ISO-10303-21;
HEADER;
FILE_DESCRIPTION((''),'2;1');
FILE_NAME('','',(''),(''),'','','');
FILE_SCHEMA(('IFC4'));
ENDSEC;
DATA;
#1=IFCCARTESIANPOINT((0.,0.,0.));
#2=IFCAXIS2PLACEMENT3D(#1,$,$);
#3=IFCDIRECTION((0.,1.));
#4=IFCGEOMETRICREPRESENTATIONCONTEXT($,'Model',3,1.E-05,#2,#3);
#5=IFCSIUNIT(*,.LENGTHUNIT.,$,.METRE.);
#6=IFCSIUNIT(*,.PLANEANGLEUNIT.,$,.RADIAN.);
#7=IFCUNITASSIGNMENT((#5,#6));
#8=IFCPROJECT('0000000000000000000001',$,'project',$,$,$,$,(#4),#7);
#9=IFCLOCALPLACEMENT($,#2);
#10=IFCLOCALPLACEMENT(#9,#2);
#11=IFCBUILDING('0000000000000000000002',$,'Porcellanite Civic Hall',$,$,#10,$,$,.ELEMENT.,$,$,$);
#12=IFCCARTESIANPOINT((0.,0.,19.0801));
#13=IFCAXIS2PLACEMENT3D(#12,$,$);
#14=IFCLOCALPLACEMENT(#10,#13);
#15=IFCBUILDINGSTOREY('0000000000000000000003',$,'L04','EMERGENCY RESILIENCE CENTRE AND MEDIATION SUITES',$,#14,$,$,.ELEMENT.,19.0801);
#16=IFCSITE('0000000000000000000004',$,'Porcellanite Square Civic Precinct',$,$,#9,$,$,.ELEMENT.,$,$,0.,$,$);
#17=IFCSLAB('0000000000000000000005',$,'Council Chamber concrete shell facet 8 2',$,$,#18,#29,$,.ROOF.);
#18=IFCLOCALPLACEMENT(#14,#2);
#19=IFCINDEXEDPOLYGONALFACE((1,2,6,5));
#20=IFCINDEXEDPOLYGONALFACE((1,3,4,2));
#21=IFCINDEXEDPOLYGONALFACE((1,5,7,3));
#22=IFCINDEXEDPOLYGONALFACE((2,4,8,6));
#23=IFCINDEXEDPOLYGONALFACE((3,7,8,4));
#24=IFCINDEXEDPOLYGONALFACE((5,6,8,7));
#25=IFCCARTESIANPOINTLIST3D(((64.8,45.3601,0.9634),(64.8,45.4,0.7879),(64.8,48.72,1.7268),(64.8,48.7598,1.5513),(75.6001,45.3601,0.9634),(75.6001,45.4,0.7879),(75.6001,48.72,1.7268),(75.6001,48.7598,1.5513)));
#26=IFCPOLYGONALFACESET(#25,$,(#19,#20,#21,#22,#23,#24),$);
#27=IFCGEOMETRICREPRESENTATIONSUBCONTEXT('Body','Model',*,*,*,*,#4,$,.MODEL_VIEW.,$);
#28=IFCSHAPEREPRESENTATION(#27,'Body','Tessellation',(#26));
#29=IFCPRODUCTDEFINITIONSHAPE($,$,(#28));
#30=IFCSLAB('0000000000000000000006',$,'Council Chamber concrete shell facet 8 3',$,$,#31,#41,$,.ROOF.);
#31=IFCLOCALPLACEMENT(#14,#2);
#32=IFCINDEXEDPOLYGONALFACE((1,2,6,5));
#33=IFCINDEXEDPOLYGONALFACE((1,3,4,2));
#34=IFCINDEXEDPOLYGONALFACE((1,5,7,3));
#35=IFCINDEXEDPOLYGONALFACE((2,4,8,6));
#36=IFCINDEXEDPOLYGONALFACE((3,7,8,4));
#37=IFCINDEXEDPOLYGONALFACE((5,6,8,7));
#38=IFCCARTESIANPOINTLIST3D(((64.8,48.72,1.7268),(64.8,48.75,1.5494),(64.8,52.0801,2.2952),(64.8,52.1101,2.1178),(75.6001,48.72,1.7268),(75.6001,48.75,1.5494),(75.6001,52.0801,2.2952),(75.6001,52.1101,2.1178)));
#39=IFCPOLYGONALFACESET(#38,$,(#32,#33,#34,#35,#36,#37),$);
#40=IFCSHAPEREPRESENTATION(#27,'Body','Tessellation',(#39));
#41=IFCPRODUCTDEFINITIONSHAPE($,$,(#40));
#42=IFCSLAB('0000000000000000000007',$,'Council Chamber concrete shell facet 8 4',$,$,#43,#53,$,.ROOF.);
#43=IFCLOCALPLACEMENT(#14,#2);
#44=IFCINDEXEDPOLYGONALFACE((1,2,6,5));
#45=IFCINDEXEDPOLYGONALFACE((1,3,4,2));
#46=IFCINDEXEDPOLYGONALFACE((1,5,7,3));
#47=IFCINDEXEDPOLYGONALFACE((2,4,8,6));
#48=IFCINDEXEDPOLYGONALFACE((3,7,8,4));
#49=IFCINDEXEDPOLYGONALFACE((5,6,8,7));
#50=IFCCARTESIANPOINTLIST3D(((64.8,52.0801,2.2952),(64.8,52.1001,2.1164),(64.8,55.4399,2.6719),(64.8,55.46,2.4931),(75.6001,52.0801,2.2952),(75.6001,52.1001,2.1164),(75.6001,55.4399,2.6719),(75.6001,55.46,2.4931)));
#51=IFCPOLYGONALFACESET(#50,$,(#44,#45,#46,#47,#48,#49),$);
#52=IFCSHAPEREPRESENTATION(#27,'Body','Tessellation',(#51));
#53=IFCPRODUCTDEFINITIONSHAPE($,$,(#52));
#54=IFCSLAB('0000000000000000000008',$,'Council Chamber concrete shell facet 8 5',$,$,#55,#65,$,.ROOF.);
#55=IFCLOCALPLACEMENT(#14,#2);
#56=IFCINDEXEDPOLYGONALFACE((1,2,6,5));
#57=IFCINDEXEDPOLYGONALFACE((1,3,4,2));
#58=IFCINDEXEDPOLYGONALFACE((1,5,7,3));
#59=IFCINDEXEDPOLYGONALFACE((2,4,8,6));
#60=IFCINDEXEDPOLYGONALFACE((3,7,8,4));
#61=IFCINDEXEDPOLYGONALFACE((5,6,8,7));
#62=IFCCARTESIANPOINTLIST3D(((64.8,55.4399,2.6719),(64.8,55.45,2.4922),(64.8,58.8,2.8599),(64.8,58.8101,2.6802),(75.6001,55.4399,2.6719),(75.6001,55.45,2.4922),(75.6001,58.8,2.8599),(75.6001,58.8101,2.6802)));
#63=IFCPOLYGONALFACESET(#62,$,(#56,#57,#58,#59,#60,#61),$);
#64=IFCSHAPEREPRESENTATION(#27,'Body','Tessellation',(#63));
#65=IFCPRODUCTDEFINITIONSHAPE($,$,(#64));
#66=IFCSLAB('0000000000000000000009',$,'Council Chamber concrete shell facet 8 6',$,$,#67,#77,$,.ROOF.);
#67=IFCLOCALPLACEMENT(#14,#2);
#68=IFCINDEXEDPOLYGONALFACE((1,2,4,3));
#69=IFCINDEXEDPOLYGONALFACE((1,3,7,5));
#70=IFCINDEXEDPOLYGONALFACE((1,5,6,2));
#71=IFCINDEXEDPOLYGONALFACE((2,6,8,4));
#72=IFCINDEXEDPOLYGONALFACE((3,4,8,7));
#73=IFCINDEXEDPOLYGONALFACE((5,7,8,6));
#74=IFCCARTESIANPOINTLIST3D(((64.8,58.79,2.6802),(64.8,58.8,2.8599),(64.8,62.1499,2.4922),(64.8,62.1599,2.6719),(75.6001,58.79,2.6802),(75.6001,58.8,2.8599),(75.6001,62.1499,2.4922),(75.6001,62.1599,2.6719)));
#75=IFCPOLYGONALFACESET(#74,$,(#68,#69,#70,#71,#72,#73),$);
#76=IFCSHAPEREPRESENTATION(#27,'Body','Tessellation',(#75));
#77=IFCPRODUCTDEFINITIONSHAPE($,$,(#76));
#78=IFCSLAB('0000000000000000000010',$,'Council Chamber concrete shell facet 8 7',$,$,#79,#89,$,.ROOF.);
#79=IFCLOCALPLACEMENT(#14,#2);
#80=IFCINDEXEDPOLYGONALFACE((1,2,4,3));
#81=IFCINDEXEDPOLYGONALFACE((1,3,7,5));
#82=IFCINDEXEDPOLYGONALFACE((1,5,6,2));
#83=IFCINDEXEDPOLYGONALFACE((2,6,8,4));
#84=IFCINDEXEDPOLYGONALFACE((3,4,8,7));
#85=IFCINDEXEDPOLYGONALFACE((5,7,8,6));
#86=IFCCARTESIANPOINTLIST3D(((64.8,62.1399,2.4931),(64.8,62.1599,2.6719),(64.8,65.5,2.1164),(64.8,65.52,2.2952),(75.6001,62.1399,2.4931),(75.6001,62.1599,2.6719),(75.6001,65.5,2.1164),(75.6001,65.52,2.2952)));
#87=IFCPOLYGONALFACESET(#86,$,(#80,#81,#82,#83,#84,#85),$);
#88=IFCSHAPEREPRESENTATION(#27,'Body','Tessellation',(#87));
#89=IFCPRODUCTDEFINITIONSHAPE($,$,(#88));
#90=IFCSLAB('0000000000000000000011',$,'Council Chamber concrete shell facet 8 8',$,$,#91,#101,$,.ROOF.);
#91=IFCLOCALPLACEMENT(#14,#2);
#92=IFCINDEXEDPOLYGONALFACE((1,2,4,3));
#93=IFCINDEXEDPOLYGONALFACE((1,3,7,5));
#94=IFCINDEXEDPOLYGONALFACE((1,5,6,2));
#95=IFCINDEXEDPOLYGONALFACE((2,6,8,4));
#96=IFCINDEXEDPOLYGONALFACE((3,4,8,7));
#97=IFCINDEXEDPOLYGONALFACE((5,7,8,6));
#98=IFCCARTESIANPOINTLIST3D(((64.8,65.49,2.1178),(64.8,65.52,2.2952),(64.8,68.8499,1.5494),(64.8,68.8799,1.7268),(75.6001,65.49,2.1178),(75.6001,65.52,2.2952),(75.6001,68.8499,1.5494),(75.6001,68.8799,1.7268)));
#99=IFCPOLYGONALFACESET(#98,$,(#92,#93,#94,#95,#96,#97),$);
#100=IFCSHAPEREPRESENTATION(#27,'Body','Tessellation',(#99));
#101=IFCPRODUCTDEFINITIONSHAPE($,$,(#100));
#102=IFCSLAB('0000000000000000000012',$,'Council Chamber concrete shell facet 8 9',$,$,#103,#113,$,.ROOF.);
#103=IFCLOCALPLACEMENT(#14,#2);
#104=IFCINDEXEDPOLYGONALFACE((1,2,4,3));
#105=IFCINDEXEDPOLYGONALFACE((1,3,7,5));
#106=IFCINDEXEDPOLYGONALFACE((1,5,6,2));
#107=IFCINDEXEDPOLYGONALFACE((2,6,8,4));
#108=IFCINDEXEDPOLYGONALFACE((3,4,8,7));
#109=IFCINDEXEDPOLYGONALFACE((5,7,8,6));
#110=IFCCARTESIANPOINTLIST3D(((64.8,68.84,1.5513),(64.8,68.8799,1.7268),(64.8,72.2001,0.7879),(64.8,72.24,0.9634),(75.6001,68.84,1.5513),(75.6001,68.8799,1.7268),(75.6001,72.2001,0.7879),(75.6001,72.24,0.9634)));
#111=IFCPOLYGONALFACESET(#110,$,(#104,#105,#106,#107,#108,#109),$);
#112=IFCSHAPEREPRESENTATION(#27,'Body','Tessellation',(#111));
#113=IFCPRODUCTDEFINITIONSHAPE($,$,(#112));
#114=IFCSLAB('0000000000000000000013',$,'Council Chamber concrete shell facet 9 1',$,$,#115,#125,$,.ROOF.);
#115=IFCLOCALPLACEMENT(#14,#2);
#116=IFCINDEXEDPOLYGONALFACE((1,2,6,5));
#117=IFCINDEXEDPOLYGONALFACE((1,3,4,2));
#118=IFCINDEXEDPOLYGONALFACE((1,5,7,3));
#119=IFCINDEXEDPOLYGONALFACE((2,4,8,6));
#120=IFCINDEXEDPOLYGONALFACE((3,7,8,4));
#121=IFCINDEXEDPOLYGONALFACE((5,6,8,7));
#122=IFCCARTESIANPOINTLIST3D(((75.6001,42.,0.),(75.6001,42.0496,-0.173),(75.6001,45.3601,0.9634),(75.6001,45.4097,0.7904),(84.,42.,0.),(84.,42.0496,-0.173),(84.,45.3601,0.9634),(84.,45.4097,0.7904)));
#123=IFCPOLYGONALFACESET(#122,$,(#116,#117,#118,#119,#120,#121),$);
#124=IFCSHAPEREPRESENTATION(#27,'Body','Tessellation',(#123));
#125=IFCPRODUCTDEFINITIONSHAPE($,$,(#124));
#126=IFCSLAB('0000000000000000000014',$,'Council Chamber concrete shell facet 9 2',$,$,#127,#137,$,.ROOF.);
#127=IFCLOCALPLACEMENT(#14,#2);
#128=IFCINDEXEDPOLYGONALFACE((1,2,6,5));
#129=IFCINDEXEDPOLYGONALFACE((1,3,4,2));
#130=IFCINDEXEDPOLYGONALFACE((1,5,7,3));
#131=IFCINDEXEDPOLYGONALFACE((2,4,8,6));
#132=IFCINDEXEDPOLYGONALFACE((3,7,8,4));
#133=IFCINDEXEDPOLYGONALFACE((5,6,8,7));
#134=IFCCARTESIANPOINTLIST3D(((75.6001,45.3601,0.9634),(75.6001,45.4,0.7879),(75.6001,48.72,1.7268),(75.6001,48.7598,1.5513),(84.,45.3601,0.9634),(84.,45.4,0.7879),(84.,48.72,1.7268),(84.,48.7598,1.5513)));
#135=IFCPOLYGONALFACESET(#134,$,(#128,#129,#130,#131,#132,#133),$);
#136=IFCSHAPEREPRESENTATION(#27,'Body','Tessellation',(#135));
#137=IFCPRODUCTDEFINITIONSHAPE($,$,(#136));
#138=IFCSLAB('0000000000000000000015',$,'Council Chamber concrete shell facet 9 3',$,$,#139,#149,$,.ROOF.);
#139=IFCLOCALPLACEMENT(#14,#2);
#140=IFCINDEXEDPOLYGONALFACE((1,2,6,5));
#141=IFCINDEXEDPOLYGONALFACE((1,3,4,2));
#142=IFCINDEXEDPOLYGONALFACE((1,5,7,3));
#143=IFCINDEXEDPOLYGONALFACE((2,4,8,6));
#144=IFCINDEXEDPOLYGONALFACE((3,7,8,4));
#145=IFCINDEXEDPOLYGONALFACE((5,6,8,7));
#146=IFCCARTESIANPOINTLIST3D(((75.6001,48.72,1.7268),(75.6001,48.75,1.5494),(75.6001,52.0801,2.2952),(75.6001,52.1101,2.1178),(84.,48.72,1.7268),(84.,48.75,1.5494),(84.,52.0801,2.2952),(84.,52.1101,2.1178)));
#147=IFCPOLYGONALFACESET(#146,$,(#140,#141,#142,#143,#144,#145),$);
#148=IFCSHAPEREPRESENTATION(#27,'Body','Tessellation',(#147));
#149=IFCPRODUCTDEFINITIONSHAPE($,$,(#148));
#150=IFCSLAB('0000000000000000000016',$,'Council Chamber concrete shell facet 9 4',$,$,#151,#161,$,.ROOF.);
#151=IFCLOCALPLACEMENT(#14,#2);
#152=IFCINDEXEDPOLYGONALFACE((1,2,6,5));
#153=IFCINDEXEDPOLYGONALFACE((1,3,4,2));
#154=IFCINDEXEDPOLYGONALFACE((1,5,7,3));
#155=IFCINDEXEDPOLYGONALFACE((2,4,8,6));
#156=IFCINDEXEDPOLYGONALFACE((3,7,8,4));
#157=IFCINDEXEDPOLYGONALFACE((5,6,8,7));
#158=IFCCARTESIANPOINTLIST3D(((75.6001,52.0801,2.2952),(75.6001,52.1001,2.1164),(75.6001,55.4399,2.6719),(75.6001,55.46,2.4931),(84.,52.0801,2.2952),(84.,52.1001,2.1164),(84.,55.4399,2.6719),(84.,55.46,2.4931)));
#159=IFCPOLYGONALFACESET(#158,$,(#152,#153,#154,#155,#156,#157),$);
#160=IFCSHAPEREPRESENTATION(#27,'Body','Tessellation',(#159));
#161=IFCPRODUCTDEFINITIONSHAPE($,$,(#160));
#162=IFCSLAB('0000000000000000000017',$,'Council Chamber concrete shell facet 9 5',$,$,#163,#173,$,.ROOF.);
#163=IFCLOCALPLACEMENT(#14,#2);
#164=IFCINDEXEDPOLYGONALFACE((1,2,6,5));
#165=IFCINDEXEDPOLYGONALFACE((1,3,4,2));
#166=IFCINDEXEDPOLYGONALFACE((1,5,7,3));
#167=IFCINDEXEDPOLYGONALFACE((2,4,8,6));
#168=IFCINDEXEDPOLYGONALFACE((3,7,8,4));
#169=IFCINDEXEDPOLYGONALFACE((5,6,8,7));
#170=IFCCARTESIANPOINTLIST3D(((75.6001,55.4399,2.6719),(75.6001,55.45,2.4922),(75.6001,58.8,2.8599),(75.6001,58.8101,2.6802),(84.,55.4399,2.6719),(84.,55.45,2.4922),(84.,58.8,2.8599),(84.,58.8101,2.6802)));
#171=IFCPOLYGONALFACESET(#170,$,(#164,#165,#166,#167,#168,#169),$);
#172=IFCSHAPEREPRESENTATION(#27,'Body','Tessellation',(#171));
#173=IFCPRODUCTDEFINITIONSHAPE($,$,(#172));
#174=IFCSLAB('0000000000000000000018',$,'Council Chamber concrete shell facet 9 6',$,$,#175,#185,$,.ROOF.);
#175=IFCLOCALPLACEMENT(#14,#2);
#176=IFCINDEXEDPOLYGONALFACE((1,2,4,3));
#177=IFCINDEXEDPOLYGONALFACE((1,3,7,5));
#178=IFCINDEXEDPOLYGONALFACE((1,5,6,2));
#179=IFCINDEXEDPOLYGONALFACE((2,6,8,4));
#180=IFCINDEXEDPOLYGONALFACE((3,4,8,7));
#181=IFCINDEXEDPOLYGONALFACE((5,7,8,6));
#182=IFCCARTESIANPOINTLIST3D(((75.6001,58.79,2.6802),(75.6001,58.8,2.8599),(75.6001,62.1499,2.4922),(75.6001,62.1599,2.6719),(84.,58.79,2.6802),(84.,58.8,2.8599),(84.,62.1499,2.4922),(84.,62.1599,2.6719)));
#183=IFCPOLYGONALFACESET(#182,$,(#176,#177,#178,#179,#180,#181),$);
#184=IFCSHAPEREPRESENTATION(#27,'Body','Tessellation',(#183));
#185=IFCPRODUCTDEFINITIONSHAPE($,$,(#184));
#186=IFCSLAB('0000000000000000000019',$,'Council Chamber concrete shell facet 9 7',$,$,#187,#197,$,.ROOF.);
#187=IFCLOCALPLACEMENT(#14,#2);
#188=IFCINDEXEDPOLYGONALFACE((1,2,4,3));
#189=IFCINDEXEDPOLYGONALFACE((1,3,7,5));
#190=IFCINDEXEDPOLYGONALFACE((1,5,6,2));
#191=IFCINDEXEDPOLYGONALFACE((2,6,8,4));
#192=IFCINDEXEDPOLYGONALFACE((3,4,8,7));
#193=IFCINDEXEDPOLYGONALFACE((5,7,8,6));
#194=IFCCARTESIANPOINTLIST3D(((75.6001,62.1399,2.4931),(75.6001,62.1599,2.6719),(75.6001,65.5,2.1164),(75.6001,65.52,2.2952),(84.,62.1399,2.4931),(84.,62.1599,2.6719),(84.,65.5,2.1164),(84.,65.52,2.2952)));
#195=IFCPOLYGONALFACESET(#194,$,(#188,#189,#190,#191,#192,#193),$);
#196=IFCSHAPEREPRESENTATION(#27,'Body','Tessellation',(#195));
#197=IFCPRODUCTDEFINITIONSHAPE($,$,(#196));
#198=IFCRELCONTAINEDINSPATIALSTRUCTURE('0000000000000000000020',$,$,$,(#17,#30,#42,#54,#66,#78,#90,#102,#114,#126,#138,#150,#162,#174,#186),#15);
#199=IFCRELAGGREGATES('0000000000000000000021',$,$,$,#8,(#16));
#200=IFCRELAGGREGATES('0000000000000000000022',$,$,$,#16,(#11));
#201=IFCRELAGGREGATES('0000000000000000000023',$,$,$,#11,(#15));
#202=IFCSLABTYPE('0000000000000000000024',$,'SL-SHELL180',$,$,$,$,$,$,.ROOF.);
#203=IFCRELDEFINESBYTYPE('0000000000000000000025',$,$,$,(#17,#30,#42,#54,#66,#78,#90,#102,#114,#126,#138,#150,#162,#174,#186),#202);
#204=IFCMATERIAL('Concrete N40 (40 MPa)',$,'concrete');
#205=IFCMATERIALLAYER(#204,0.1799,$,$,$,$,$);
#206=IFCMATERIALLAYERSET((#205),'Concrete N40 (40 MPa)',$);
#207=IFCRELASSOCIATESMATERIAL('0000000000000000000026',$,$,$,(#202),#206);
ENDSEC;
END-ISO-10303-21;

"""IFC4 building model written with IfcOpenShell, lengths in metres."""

from ifc_helpers import new_model, si_unit, direction, frame, origin, place, context, subcontext, project, spatial, polyline, outline, extrude, material, layer, layer_set, type_object, element, save


model = new_model("IFC4")

# Units and contexts
model_context = context("Model", 3, precision=1e-05, world=origin(), true_north=direction((0.0, 1.0)))
body_context = subcontext(model_context, "Body", "Model", "MODEL_VIEW")
ifc_project = project(units=[si_unit("LENGTHUNIT", "METRE"), si_unit("PLANEANGLEUNIT", "RADIAN")], contexts=[model_context])

# Site, building, storey
site_placement = place(None, origin())
site = spatial("IfcSite", under=ifc_project, at=site_placement, Name="Porcellanite Square Civic Precinct", CompositionType="ELEMENT", RefElevation=0.0)
building_placement = place(site_placement, origin())
building = spatial("IfcBuilding", under=site, at=building_placement, Name="Porcellanite Civic Hall", CompositionType="ELEMENT")
storey_placement = place(building_placement, frame((0.0, 0.0, 19.0801)))
storey = spatial("IfcBuildingStorey", under=building, at=storey_placement, Name="L04", Description="EMERGENCY RESILIENCE CENTRE AND MEDIATION SUITES", CompositionType="ELEMENT", Elevation=19.0801)

# Slabs
ifc_material_1 = material(Name="Concrete N40 (40 MPa)", Category="concrete")
ifc_layer_1 = layer(ifc_material_1, 0.1799)
ifc_layer_set_1 = layer_set([ifc_layer_1], Name="Concrete N40 (40 MPa)")
slab_type = type_object("IfcSlabType", Name="SL-SHELL180", PredefinedType="ROOF", material=ifc_layer_set_1)
slab_1_placement = place(storey_placement, frame((64.8, 45.3601, 0.9634), z_axis=(0.0, -0.221572, 0.975144), x_axis=(1.0, 0.0, 0.0)))
element("IfcSlab", 1, at=slab_1_placement, inside=storey, type_object=slab_type, Name="Council Chamber concrete shell facet 8 2", PredefinedType="ROOF", context=body_context, shape_type="SweptSolid", body=[
    extrude(outline(polyline([(0.0, 0.0), (10.8, 0.0), (10.8, 3.4455), (0.0, 3.4455), (0.0, 0.0)])), origin(), (0.0, 0.0, -1.0), 0.1799),
])
slab_2_placement = place(storey_placement, frame((64.8, 48.72, 1.7268), z_axis=(0.0, -0.16678, 0.985994), x_axis=(1.0, 0.0, 0.0)))
element("IfcSlab", 2, at=slab_2_placement, inside=storey, type_object=slab_type, Name="Council Chamber concrete shell facet 8 3", PredefinedType="ROOF", context=body_context, shape_type="SweptSolid", body=[
    extrude(outline(polyline([(0.0, 0.0), (10.8, 0.0), (10.8, 3.4078), (0.0, 3.4078), (0.0, 0.0)])), origin(), (0.0, 0.0, -1.0), 0.1799),
])
slab_3_placement = place(storey_placement, frame((64.8, 52.0801, 2.2952), z_axis=(0.0, -0.111422, 0.993773), x_axis=(1.0, 0.0, 0.0)))
element("IfcSlab", 3, at=slab_3_placement, inside=storey, type_object=slab_type, Name="Council Chamber concrete shell facet 8 4", PredefinedType="ROOF", context=body_context, shape_type="SweptSolid", body=[
    extrude(outline(polyline([(0.0, 0.0), (10.8, 0.0), (10.8, 3.3809), (0.0, 3.3809), (0.0, 0.0)])), origin(), (0.0, 0.0, -1.0), 0.1799),
])
slab_4_placement = place(storey_placement, frame((64.8, 55.4399, 2.6719), z_axis=(0.0, -0.05586, 0.998439), x_axis=(1.0, 0.0, 0.0)))
element("IfcSlab", 4, at=slab_4_placement, inside=storey, type_object=slab_type, Name="Council Chamber concrete shell facet 8 5", PredefinedType="ROOF", context=body_context, shape_type="SweptSolid", body=[
    extrude(outline(polyline([(0.0, 0.0), (10.8, 0.0), (10.8, 3.3654), (0.0, 3.3654), (0.0, 0.0)])), origin(), (0.0, 0.0, -1.0), 0.1799),
])
slab_5_placement = place(storey_placement, frame((64.8, 58.8, 2.8599), z_axis=(0.0, 0.055864, 0.998438), x_axis=(1.0, 0.0, 0.0)))
element("IfcSlab", 5, at=slab_5_placement, inside=storey, type_object=slab_type, Name="Council Chamber concrete shell facet 8 6", PredefinedType="ROOF", context=body_context, shape_type="SweptSolid", body=[
    extrude(outline(polyline([(0.0, 0.0), (10.8, 0.0), (10.8, 3.3651), (0.0, 3.3651), (0.0, 0.0)])), origin(), (0.0, 0.0, -1.0), 0.1799),
])
slab_6_placement = place(storey_placement, frame((64.8, 62.1599, 2.6719), z_axis=(0.0, 0.111414, 0.993774), x_axis=(1.0, 0.0, 0.0)))
element("IfcSlab", 6, at=slab_6_placement, inside=storey, type_object=slab_type, Name="Council Chamber concrete shell facet 8 7", PredefinedType="ROOF", context=body_context, shape_type="SweptSolid", body=[
    extrude(outline(polyline([(0.0, 0.0), (10.8, 0.0), (10.8, 3.3812), (0.0, 3.3812), (0.0, 0.0)])), origin(), (0.0, 0.0, -1.0), 0.1799),
])
slab_7_placement = place(storey_placement, frame((64.8, 65.52, 2.2952), z_axis=(0.0, 0.166792, 0.985992), x_axis=(1.0, 0.0, 0.0)))
element("IfcSlab", 7, at=slab_7_placement, inside=storey, type_object=slab_type, Name="Council Chamber concrete shell facet 8 8", PredefinedType="ROOF", context=body_context, shape_type="SweptSolid", body=[
    extrude(outline(polyline([(0.0, 0.0), (10.8, 0.0), (10.8, 3.4076), (0.0, 3.4076), (0.0, 0.0)])), origin(), (0.0, 0.0, -1.0), 0.1799),
])
slab_8_placement = place(storey_placement, frame((64.8, 68.8799, 1.7268), z_axis=(0.0, 0.221557, 0.975147), x_axis=(1.0, 0.0, 0.0)))
element("IfcSlab", 8, at=slab_8_placement, inside=storey, type_object=slab_type, Name="Council Chamber concrete shell facet 8 9", PredefinedType="ROOF", context=body_context, shape_type="SweptSolid", body=[
    extrude(outline(polyline([(0.0, 0.0), (10.8, 0.0), (10.8, 3.4457), (0.0, 3.4457), (0.0, 0.0)])), origin(), (0.0, 0.0, -1.0), 0.1799),
])
slab_9_placement = place(storey_placement, frame((75.6001, 42.0, 0.0), z_axis=(0.0, -0.275607, 0.961271), x_axis=(1.0, 0.0, 0.0)))
element("IfcSlab", 9, at=slab_9_placement, inside=storey, type_object=slab_type, Name="Council Chamber concrete shell facet 9 1", PredefinedType="ROOF", context=body_context, shape_type="SweptSolid", body=[
    extrude(outline(polyline([(0.0, 0.0), (8.3999, 0.0), (8.3999, 3.4955), (0.0, 3.4955), (0.0, 0.0)])), origin(), (0.0, 0.0, -1.0), 0.1799),
])
slab_10_placement = place(storey_placement, frame((75.6001, 45.3601, 0.9634), z_axis=(0.0, -0.221572, 0.975144), x_axis=(1.0, 0.0, 0.0)))
element("IfcSlab", 10, at=slab_10_placement, inside=storey, type_object=slab_type, Name="Council Chamber concrete shell facet 9 2", PredefinedType="ROOF", context=body_context, shape_type="SweptSolid", body=[
    extrude(outline(polyline([(0.0, 0.0), (8.3999, 0.0), (8.3999, 3.4455), (0.0, 3.4455), (0.0, 0.0)])), origin(), (0.0, 0.0, -1.0), 0.1799),
])
slab_11_placement = place(storey_placement, frame((75.6001, 48.72, 1.7268), z_axis=(0.0, -0.16678, 0.985994), x_axis=(1.0, 0.0, 0.0)))
element("IfcSlab", 11, at=slab_11_placement, inside=storey, type_object=slab_type, Name="Council Chamber concrete shell facet 9 3", PredefinedType="ROOF", context=body_context, shape_type="SweptSolid", body=[
    extrude(outline(polyline([(0.0, 0.0), (8.3999, 0.0), (8.3999, 3.4078), (0.0, 3.4078), (0.0, 0.0)])), origin(), (0.0, 0.0, -1.0), 0.1799),
])
slab_12_placement = place(storey_placement, frame((75.6001, 52.0801, 2.2952), z_axis=(0.0, -0.111422, 0.993773), x_axis=(1.0, 0.0, 0.0)))
element("IfcSlab", 12, at=slab_12_placement, inside=storey, type_object=slab_type, Name="Council Chamber concrete shell facet 9 4", PredefinedType="ROOF", context=body_context, shape_type="SweptSolid", body=[
    extrude(outline(polyline([(0.0, 0.0), (8.3999, 0.0), (8.3999, 3.3809), (0.0, 3.3809), (0.0, 0.0)])), origin(), (0.0, 0.0, -1.0), 0.1799),
])
slab_13_placement = place(storey_placement, frame((75.6001, 55.4399, 2.6719), z_axis=(0.0, -0.05586, 0.998439), x_axis=(1.0, 0.0, 0.0)))
element("IfcSlab", 13, at=slab_13_placement, inside=storey, type_object=slab_type, Name="Council Chamber concrete shell facet 9 5", PredefinedType="ROOF", context=body_context, shape_type="SweptSolid", body=[
    extrude(outline(polyline([(0.0, 0.0), (8.3999, 0.0), (8.3999, 3.3654), (0.0, 3.3654), (0.0, 0.0)])), origin(), (0.0, 0.0, -1.0), 0.1799),
])
slab_14_placement = place(storey_placement, frame((75.6001, 58.8, 2.8599), z_axis=(0.0, 0.055864, 0.998438), x_axis=(1.0, 0.0, 0.0)))
element("IfcSlab", 14, at=slab_14_placement, inside=storey, type_object=slab_type, Name="Council Chamber concrete shell facet 9 6", PredefinedType="ROOF", context=body_context, shape_type="SweptSolid", body=[
    extrude(outline(polyline([(0.0, 0.0), (8.3999, 0.0), (8.3999, 3.3651), (0.0, 3.3651), (0.0, 0.0)])), origin(), (0.0, 0.0, -1.0), 0.1799),
])
slab_15_placement = place(storey_placement, frame((75.6001, 62.1599, 2.6719), z_axis=(0.0, 0.111414, 0.993774), x_axis=(1.0, 0.0, 0.0)))
element("IfcSlab", 15, at=slab_15_placement, inside=storey, type_object=slab_type, Name="Council Chamber concrete shell facet 9 7", PredefinedType="ROOF", context=body_context, shape_type="SweptSolid", body=[
    extrude(outline(polyline([(0.0, 0.0), (8.3999, 0.0), (8.3999, 3.3812), (0.0, 3.3812), (0.0, 0.0)])), origin(), (0.0, 0.0, -1.0), 0.1799),
])

save(model, "model.ifc")
